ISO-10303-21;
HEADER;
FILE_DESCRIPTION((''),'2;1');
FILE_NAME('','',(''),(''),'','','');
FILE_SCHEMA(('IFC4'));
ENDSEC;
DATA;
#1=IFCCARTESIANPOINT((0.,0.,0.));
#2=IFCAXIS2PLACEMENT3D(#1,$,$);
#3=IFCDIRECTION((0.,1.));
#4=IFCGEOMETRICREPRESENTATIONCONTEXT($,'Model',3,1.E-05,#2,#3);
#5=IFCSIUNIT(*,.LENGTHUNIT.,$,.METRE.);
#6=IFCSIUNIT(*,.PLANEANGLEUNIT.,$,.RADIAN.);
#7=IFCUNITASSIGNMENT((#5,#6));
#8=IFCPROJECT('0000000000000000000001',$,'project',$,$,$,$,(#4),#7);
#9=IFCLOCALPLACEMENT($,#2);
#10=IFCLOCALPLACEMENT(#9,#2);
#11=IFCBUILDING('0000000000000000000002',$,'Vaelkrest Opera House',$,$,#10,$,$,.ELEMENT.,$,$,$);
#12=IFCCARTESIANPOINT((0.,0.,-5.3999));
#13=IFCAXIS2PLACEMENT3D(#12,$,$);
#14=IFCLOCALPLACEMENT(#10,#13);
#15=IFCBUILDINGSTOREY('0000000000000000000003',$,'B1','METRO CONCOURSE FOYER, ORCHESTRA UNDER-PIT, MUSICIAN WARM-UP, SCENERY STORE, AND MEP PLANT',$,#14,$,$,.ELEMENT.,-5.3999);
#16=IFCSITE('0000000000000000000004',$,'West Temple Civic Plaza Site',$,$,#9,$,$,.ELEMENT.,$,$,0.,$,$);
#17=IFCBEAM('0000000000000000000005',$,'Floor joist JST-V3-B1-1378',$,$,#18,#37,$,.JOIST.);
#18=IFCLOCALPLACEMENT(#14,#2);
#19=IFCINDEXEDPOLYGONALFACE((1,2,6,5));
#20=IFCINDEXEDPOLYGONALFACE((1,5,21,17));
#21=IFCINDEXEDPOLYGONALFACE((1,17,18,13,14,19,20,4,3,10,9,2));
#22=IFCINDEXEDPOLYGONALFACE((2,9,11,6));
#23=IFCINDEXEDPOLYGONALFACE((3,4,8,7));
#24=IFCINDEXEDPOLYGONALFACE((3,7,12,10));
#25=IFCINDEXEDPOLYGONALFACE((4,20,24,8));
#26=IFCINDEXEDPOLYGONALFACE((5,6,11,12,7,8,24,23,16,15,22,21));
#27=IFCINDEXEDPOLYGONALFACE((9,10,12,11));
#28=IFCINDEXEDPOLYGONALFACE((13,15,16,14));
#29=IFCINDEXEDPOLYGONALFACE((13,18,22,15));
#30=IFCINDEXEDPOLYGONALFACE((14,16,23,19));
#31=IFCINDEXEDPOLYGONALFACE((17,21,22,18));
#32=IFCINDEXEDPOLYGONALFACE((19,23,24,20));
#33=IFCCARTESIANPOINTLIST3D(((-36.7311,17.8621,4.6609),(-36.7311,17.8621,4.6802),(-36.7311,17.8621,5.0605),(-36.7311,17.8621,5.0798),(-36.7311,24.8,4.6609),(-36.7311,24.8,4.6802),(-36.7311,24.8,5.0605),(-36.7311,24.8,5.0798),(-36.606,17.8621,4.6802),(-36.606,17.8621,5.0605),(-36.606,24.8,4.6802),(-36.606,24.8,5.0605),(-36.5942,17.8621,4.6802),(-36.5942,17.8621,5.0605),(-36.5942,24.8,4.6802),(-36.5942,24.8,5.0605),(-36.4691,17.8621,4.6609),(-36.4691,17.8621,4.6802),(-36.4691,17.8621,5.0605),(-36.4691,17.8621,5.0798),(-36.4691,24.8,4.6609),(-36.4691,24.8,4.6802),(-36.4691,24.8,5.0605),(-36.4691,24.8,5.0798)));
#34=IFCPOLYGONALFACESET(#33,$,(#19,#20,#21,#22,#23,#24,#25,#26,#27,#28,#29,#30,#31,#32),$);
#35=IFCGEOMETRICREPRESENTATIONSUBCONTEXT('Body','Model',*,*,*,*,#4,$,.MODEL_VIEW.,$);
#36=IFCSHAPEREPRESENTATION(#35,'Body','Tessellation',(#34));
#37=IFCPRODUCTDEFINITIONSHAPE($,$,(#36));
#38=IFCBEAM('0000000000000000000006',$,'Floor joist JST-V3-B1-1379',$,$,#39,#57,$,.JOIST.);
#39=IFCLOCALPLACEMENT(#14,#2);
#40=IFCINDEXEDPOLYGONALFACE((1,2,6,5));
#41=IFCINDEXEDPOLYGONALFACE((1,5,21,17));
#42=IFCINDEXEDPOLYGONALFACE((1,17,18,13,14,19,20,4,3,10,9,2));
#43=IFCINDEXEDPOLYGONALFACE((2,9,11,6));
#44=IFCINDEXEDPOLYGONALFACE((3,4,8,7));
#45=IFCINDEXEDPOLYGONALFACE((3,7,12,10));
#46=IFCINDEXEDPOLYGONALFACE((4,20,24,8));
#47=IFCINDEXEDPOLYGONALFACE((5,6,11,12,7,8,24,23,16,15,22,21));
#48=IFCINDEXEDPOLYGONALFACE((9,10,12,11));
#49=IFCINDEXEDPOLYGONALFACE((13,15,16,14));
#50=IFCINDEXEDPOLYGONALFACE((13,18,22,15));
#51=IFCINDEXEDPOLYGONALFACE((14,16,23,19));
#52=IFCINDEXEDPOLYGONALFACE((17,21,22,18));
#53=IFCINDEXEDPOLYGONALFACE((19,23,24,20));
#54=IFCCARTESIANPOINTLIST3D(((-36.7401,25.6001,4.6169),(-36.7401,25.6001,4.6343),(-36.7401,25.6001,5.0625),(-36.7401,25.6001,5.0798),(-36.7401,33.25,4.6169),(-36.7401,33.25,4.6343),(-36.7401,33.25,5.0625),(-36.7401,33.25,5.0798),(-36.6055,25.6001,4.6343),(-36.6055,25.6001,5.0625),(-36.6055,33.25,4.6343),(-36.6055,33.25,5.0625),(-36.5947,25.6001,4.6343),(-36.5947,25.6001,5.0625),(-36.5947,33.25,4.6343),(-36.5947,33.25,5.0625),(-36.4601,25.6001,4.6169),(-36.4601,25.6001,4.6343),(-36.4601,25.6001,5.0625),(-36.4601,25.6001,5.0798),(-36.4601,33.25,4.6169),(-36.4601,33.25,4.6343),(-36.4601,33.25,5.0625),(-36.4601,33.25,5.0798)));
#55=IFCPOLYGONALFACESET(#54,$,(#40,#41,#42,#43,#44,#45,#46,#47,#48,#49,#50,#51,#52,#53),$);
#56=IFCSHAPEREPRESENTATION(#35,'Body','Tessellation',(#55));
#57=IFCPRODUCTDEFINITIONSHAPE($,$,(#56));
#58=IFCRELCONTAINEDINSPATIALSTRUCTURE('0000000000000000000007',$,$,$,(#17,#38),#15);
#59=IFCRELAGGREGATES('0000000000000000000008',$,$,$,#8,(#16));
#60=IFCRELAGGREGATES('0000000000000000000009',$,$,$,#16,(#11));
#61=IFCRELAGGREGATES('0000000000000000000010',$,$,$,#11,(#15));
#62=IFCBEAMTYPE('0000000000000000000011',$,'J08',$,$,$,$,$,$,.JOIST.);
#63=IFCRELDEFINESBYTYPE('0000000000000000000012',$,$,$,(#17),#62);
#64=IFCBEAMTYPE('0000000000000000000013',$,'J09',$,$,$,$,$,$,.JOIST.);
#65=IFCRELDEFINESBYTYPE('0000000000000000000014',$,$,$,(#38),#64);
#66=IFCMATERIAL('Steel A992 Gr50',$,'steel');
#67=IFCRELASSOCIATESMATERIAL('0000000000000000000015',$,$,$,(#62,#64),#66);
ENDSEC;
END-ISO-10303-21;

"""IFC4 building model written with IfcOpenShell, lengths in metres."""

from ifc_helpers import new_model, si_unit, direction, frame, origin, origin_2d, place, context, subcontext, project, spatial, i_section, extrude, material, material_profile, profile_set, type_object, element, save


model = new_model("IFC4")

# Units and contexts
model_context = context("Model", 3, precision=1e-05, world=origin(), true_north=direction((0.0, 1.0)))
body_context = subcontext(model_context, "Body", "Model", "MODEL_VIEW")
ifc_project = project(units=[si_unit("LENGTHUNIT", "METRE"), si_unit("PLANEANGLEUNIT", "RADIAN")], contexts=[model_context])

# Site, building, storey
site_placement = place(None, origin())
site = spatial("IfcSite", under=ifc_project, at=site_placement, Name="West Temple Civic Plaza Site", CompositionType="ELEMENT", RefElevation=0.0)
building_placement = place(site_placement, origin())
building = spatial("IfcBuilding", under=site, at=building_placement, Name="Vaelkrest Opera House", CompositionType="ELEMENT")
storey_placement = place(building_placement, frame((0.0, 0.0, -5.3999)))
storey = spatial("IfcBuildingStorey", under=building, at=storey_placement, Name="B1", Description="METRO CONCOURSE FOYER, ORCHESTRA UNDER-PIT, MUSICIAN WARM-UP, SCENERY STORE, AND MEP PLANT", CompositionType="ELEMENT", Elevation=-5.3999)

# Beams
ifc_material_1 = material(Name="Steel A992 Gr50", Category="steel")
ifc_material_profile_1 = material_profile(ifc_material_1, i_section(OverallWidth=0.262, OverallDepth=0.4189, WebThickness=0.0117, FlangeThickness=0.0193, at=origin_2d()), Name="W16X77")
ifc_profile_set_1 = profile_set([ifc_material_profile_1], Name="Steel A992 Gr50")
beam_type_1 = type_object("IfcBeamType", Name="J08", PredefinedType="JOIST", material=ifc_profile_set_1)
beam_1_placement = place(storey_placement, frame((-36.6001, 17.8621, 4.8704), z_axis=(0.0, 1.0, 0.0), x_axis=(-1.0, 0.0, 0.0)))
element("IfcBeam", 1, at=beam_1_placement, inside=storey, type_object=beam_type_1, Name="Floor joist JST-V3-B1-1378", PredefinedType="JOIST", context=body_context, shape_type="SweptSolid", body=[
    extrude(i_section(OverallWidth=0.262, OverallDepth=0.4189, WebThickness=0.0117, FlangeThickness=0.0193, at=origin_2d()), origin(), (0.0, 0.0, 1.0), 6.938),
])
ifc_material_profile_2 = material_profile(ifc_material_1, i_section(OverallWidth=0.28, OverallDepth=0.4629, WebThickness=0.0107, FlangeThickness=0.0173, at=origin_2d()), Name="W18X76")
ifc_profile_set_2 = profile_set([ifc_material_profile_2], Name="Steel A992 Gr50")
beam_type_2 = type_object("IfcBeamType", Name="J09", PredefinedType="JOIST", material=ifc_profile_set_2)
beam_2_placement = place(storey_placement, frame((-36.6001, 25.6001, 4.8484), z_axis=(0.0, 1.0, 0.0), x_axis=(-1.0, 0.0, 0.0)))
element("IfcBeam", 2, at=beam_2_placement, inside=storey, type_object=beam_type_2, Name="Floor joist JST-V3-B1-1379", PredefinedType="JOIST", context=body_context, shape_type="SweptSolid", body=[
    extrude(i_section(OverallWidth=0.28, OverallDepth=0.4629, WebThickness=0.0107, FlangeThickness=0.0173, at=origin_2d()), origin(), (0.0, 0.0, 1.0), 7.6499),
])

save(model, "model.ifc")
